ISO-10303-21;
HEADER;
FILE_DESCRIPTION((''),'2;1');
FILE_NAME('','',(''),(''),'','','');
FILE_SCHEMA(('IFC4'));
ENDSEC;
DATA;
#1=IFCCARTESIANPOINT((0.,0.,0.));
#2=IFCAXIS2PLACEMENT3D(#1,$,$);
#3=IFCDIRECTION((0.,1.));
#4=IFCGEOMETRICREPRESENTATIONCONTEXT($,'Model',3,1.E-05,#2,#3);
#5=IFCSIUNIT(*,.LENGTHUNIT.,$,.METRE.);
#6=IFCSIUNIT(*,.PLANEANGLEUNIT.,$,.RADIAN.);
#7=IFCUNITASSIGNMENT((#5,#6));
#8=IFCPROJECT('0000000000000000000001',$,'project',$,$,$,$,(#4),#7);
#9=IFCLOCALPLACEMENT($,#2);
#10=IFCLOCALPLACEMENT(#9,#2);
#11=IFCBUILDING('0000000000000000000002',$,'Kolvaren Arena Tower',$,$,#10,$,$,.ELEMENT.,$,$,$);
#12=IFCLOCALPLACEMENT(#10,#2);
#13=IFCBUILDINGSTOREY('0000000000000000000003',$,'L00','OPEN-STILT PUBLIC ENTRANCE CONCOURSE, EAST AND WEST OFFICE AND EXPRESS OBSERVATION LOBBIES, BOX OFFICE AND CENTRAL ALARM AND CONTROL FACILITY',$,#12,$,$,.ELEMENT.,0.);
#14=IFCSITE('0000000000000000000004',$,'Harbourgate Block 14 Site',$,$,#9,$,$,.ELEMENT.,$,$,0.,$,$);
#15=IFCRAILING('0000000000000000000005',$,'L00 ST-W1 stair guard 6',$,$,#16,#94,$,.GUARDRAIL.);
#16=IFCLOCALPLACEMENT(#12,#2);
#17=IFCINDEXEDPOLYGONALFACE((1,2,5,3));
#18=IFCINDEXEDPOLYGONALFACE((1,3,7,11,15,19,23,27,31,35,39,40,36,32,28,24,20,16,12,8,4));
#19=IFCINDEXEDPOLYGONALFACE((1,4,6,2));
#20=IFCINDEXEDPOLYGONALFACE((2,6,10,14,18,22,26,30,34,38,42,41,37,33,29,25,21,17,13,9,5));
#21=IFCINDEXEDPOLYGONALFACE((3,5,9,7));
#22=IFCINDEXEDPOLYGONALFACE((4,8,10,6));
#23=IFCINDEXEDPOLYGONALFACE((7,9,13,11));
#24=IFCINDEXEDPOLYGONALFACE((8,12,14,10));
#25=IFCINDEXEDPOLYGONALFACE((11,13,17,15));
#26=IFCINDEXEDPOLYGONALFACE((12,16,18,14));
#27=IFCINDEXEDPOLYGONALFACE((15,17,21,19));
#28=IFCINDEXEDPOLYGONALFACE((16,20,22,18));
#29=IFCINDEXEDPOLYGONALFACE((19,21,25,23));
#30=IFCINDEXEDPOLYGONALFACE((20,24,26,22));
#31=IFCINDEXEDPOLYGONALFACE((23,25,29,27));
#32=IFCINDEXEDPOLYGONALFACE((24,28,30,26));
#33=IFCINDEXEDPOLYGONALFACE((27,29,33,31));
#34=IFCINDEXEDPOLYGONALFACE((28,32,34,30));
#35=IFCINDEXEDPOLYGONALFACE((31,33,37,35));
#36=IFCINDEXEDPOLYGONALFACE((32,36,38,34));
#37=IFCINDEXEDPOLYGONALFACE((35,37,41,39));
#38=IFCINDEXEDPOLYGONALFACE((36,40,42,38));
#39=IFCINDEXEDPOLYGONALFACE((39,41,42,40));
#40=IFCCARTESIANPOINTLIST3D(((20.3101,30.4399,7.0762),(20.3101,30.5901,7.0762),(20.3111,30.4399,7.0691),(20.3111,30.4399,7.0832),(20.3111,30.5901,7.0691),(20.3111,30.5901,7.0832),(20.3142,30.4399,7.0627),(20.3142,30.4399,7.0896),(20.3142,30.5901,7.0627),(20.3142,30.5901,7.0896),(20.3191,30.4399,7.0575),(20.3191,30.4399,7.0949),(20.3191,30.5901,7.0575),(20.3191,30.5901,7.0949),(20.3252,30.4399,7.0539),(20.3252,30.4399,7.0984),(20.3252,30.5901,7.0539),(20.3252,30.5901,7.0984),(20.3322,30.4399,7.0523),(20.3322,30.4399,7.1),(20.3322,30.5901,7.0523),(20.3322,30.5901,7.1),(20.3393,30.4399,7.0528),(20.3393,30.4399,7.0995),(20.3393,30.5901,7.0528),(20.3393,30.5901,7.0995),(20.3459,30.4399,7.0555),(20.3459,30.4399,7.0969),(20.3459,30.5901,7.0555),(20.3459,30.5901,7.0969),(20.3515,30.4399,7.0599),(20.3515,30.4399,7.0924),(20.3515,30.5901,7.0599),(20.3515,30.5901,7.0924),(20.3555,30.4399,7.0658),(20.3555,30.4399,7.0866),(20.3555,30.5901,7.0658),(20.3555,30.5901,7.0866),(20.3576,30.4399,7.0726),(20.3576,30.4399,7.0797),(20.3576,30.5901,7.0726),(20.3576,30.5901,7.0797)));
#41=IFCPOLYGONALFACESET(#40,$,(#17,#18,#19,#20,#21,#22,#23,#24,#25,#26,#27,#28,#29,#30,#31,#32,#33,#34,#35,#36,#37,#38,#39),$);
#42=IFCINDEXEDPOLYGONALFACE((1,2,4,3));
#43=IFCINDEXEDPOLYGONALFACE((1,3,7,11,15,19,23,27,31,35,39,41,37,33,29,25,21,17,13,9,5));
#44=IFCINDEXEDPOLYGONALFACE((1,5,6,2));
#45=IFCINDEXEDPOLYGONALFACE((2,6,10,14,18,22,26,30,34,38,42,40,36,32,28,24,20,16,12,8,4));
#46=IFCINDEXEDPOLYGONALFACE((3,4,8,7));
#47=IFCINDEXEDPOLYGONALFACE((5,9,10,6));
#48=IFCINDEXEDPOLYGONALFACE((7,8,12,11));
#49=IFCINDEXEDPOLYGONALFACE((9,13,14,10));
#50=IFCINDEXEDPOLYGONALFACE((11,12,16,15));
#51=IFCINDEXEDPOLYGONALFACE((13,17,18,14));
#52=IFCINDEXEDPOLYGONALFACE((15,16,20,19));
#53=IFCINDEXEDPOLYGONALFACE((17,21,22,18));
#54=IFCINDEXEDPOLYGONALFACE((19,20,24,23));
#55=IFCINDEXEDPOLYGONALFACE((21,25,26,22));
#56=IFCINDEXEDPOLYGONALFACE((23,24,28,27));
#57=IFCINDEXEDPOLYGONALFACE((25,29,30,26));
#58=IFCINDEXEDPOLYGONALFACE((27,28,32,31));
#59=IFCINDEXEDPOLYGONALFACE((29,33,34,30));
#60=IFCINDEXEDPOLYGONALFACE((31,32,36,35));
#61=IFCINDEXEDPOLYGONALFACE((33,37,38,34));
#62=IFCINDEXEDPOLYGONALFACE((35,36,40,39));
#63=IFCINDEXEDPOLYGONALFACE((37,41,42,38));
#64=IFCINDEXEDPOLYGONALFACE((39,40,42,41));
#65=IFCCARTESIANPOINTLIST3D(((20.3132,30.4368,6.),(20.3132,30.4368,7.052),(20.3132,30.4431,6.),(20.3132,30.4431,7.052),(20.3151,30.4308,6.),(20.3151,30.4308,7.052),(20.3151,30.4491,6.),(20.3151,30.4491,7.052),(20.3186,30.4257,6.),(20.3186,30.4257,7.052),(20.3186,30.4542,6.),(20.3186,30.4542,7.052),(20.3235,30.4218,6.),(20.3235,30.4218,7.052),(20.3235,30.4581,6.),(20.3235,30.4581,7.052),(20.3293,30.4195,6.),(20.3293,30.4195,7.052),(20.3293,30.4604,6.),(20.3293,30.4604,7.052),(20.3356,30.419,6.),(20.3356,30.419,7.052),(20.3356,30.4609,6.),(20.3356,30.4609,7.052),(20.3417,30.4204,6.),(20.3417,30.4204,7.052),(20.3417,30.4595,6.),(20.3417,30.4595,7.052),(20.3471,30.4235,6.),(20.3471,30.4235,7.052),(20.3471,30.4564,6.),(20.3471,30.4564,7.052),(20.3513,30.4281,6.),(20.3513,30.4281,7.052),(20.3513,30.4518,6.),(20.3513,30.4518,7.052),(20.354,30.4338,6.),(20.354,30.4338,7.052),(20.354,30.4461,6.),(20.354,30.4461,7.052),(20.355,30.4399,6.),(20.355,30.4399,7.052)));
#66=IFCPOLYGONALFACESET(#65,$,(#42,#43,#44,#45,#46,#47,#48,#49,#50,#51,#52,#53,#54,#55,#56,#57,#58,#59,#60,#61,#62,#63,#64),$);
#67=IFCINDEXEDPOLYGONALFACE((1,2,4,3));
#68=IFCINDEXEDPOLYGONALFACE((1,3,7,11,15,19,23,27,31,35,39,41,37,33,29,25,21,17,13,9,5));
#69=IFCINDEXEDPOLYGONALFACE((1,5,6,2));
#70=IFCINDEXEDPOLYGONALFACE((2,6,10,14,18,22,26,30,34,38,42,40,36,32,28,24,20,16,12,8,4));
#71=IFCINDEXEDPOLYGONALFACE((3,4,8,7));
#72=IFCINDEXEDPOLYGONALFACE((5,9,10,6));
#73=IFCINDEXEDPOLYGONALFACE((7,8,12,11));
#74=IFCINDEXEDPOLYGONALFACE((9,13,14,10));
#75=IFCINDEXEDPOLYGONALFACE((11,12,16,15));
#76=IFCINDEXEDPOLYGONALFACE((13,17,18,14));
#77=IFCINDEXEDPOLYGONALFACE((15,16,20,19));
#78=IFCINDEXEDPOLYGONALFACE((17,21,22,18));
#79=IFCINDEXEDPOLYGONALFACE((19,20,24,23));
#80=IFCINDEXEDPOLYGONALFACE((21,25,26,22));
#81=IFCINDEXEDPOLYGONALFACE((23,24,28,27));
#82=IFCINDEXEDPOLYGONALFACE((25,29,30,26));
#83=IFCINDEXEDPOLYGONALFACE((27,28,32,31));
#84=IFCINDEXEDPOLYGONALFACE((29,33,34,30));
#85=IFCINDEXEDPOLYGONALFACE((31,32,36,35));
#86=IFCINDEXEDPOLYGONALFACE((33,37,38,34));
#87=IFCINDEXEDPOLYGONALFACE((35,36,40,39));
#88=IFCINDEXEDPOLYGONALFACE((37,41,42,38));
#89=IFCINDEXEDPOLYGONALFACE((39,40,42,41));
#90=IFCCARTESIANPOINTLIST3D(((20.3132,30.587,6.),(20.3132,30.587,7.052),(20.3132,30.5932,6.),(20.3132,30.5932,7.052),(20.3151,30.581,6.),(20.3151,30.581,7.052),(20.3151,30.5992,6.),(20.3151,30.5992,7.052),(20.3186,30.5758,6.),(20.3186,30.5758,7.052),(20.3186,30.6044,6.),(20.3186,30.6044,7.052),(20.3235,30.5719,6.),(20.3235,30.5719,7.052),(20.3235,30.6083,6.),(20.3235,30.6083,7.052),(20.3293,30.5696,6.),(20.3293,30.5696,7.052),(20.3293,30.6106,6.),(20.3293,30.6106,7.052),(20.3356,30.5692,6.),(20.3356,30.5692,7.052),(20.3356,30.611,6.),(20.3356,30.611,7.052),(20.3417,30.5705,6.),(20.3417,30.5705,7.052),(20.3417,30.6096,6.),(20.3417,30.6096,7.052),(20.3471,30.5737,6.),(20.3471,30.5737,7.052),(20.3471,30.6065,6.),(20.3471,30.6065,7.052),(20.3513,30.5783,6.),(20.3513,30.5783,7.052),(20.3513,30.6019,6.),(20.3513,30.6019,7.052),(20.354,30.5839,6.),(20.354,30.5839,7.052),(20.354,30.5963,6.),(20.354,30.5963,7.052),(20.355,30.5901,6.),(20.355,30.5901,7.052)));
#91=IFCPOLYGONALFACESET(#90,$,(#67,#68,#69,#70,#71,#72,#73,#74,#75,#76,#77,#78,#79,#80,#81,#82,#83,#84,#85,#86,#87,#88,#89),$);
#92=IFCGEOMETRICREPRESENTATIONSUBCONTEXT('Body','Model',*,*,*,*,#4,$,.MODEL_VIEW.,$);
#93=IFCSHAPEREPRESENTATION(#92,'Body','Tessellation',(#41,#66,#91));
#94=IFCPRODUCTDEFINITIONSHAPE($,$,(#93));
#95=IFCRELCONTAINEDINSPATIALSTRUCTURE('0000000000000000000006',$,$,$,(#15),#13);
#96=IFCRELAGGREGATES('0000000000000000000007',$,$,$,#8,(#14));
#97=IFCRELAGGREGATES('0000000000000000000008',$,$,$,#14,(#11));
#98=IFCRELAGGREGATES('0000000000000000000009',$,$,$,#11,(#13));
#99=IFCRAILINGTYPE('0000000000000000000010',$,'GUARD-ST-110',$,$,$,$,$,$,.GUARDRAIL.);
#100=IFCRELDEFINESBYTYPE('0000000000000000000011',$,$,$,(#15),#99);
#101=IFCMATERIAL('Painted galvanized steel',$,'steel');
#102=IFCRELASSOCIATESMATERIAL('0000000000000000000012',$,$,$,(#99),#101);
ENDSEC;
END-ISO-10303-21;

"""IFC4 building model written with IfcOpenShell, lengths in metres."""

from ifc_helpers import new_model, si_unit, direction, frame, origin, origin_2d, place, context, subcontext, project, spatial, circle, extrude, material, type_object, element, save


model = new_model("IFC4")

# Units and contexts
model_context = context("Model", 3, precision=1e-05, world=origin(), true_north=direction((0.0, 1.0)))
body_context = subcontext(model_context, "Body", "Model", "MODEL_VIEW")
ifc_project = project(units=[si_unit("LENGTHUNIT", "METRE"), si_unit("PLANEANGLEUNIT", "RADIAN")], contexts=[model_context])

# Site, building, storey
site_placement = place(None, origin())
site = spatial("IfcSite", under=ifc_project, at=site_placement, Name="Harbourgate Block 14 Site", CompositionType="ELEMENT", RefElevation=0.0)
building_placement = place(site_placement, origin())
building = spatial("IfcBuilding", under=site, at=building_placement, Name="Kolvaren Arena Tower", CompositionType="ELEMENT")
storey_placement = place(building_placement, origin())
storey = spatial("IfcBuildingStorey", under=building, at=storey_placement, Name="L00", Description="OPEN-STILT PUBLIC ENTRANCE CONCOURSE, EAST AND WEST OFFICE AND EXPRESS OBSERVATION LOBBIES, BOX OFFICE AND CENTRAL ALARM AND CONTROL FACILITY", CompositionType="ELEMENT", Elevation=0.0)

# Railing
ifc_material_1 = material(Name="Painted galvanized steel", Category="steel")
railing_type_1 = type_object("IfcRailingType", Name="GUARD-ST-110", PredefinedType="GUARDRAIL", material=ifc_material_1)
railing_1_placement = place(storey_placement, frame((20.334, 30.4399, 6.0)))
element("IfcRailing", 1, at=railing_1_placement, inside=storey, type_object=railing_type_1, Name="L00 ST-W1 stair guard 6", PredefinedType="GUARDRAIL", context=body_context, shape_type="SweptSolid", body=[
    extrude(circle(Radius=0.0239, at=origin_2d()), frame((0.0, 0.0, 1.0762), z_axis=(0.0, 1.0, 0.0), x_axis=(-1.0, 0.0, 0.0)), (0.0, 0.0, 1.0), 0.1501),
    extrude(circle(Radius=0.021, at=origin_2d()), origin(), (0.0, 0.0, 1.0), 1.052),
    extrude(circle(Radius=0.021, at=origin_2d()), frame((0.0, 0.1501, 0.0)), (0.0, 0.0, 1.0), 1.052),
])

save(model, "model.ifc")
